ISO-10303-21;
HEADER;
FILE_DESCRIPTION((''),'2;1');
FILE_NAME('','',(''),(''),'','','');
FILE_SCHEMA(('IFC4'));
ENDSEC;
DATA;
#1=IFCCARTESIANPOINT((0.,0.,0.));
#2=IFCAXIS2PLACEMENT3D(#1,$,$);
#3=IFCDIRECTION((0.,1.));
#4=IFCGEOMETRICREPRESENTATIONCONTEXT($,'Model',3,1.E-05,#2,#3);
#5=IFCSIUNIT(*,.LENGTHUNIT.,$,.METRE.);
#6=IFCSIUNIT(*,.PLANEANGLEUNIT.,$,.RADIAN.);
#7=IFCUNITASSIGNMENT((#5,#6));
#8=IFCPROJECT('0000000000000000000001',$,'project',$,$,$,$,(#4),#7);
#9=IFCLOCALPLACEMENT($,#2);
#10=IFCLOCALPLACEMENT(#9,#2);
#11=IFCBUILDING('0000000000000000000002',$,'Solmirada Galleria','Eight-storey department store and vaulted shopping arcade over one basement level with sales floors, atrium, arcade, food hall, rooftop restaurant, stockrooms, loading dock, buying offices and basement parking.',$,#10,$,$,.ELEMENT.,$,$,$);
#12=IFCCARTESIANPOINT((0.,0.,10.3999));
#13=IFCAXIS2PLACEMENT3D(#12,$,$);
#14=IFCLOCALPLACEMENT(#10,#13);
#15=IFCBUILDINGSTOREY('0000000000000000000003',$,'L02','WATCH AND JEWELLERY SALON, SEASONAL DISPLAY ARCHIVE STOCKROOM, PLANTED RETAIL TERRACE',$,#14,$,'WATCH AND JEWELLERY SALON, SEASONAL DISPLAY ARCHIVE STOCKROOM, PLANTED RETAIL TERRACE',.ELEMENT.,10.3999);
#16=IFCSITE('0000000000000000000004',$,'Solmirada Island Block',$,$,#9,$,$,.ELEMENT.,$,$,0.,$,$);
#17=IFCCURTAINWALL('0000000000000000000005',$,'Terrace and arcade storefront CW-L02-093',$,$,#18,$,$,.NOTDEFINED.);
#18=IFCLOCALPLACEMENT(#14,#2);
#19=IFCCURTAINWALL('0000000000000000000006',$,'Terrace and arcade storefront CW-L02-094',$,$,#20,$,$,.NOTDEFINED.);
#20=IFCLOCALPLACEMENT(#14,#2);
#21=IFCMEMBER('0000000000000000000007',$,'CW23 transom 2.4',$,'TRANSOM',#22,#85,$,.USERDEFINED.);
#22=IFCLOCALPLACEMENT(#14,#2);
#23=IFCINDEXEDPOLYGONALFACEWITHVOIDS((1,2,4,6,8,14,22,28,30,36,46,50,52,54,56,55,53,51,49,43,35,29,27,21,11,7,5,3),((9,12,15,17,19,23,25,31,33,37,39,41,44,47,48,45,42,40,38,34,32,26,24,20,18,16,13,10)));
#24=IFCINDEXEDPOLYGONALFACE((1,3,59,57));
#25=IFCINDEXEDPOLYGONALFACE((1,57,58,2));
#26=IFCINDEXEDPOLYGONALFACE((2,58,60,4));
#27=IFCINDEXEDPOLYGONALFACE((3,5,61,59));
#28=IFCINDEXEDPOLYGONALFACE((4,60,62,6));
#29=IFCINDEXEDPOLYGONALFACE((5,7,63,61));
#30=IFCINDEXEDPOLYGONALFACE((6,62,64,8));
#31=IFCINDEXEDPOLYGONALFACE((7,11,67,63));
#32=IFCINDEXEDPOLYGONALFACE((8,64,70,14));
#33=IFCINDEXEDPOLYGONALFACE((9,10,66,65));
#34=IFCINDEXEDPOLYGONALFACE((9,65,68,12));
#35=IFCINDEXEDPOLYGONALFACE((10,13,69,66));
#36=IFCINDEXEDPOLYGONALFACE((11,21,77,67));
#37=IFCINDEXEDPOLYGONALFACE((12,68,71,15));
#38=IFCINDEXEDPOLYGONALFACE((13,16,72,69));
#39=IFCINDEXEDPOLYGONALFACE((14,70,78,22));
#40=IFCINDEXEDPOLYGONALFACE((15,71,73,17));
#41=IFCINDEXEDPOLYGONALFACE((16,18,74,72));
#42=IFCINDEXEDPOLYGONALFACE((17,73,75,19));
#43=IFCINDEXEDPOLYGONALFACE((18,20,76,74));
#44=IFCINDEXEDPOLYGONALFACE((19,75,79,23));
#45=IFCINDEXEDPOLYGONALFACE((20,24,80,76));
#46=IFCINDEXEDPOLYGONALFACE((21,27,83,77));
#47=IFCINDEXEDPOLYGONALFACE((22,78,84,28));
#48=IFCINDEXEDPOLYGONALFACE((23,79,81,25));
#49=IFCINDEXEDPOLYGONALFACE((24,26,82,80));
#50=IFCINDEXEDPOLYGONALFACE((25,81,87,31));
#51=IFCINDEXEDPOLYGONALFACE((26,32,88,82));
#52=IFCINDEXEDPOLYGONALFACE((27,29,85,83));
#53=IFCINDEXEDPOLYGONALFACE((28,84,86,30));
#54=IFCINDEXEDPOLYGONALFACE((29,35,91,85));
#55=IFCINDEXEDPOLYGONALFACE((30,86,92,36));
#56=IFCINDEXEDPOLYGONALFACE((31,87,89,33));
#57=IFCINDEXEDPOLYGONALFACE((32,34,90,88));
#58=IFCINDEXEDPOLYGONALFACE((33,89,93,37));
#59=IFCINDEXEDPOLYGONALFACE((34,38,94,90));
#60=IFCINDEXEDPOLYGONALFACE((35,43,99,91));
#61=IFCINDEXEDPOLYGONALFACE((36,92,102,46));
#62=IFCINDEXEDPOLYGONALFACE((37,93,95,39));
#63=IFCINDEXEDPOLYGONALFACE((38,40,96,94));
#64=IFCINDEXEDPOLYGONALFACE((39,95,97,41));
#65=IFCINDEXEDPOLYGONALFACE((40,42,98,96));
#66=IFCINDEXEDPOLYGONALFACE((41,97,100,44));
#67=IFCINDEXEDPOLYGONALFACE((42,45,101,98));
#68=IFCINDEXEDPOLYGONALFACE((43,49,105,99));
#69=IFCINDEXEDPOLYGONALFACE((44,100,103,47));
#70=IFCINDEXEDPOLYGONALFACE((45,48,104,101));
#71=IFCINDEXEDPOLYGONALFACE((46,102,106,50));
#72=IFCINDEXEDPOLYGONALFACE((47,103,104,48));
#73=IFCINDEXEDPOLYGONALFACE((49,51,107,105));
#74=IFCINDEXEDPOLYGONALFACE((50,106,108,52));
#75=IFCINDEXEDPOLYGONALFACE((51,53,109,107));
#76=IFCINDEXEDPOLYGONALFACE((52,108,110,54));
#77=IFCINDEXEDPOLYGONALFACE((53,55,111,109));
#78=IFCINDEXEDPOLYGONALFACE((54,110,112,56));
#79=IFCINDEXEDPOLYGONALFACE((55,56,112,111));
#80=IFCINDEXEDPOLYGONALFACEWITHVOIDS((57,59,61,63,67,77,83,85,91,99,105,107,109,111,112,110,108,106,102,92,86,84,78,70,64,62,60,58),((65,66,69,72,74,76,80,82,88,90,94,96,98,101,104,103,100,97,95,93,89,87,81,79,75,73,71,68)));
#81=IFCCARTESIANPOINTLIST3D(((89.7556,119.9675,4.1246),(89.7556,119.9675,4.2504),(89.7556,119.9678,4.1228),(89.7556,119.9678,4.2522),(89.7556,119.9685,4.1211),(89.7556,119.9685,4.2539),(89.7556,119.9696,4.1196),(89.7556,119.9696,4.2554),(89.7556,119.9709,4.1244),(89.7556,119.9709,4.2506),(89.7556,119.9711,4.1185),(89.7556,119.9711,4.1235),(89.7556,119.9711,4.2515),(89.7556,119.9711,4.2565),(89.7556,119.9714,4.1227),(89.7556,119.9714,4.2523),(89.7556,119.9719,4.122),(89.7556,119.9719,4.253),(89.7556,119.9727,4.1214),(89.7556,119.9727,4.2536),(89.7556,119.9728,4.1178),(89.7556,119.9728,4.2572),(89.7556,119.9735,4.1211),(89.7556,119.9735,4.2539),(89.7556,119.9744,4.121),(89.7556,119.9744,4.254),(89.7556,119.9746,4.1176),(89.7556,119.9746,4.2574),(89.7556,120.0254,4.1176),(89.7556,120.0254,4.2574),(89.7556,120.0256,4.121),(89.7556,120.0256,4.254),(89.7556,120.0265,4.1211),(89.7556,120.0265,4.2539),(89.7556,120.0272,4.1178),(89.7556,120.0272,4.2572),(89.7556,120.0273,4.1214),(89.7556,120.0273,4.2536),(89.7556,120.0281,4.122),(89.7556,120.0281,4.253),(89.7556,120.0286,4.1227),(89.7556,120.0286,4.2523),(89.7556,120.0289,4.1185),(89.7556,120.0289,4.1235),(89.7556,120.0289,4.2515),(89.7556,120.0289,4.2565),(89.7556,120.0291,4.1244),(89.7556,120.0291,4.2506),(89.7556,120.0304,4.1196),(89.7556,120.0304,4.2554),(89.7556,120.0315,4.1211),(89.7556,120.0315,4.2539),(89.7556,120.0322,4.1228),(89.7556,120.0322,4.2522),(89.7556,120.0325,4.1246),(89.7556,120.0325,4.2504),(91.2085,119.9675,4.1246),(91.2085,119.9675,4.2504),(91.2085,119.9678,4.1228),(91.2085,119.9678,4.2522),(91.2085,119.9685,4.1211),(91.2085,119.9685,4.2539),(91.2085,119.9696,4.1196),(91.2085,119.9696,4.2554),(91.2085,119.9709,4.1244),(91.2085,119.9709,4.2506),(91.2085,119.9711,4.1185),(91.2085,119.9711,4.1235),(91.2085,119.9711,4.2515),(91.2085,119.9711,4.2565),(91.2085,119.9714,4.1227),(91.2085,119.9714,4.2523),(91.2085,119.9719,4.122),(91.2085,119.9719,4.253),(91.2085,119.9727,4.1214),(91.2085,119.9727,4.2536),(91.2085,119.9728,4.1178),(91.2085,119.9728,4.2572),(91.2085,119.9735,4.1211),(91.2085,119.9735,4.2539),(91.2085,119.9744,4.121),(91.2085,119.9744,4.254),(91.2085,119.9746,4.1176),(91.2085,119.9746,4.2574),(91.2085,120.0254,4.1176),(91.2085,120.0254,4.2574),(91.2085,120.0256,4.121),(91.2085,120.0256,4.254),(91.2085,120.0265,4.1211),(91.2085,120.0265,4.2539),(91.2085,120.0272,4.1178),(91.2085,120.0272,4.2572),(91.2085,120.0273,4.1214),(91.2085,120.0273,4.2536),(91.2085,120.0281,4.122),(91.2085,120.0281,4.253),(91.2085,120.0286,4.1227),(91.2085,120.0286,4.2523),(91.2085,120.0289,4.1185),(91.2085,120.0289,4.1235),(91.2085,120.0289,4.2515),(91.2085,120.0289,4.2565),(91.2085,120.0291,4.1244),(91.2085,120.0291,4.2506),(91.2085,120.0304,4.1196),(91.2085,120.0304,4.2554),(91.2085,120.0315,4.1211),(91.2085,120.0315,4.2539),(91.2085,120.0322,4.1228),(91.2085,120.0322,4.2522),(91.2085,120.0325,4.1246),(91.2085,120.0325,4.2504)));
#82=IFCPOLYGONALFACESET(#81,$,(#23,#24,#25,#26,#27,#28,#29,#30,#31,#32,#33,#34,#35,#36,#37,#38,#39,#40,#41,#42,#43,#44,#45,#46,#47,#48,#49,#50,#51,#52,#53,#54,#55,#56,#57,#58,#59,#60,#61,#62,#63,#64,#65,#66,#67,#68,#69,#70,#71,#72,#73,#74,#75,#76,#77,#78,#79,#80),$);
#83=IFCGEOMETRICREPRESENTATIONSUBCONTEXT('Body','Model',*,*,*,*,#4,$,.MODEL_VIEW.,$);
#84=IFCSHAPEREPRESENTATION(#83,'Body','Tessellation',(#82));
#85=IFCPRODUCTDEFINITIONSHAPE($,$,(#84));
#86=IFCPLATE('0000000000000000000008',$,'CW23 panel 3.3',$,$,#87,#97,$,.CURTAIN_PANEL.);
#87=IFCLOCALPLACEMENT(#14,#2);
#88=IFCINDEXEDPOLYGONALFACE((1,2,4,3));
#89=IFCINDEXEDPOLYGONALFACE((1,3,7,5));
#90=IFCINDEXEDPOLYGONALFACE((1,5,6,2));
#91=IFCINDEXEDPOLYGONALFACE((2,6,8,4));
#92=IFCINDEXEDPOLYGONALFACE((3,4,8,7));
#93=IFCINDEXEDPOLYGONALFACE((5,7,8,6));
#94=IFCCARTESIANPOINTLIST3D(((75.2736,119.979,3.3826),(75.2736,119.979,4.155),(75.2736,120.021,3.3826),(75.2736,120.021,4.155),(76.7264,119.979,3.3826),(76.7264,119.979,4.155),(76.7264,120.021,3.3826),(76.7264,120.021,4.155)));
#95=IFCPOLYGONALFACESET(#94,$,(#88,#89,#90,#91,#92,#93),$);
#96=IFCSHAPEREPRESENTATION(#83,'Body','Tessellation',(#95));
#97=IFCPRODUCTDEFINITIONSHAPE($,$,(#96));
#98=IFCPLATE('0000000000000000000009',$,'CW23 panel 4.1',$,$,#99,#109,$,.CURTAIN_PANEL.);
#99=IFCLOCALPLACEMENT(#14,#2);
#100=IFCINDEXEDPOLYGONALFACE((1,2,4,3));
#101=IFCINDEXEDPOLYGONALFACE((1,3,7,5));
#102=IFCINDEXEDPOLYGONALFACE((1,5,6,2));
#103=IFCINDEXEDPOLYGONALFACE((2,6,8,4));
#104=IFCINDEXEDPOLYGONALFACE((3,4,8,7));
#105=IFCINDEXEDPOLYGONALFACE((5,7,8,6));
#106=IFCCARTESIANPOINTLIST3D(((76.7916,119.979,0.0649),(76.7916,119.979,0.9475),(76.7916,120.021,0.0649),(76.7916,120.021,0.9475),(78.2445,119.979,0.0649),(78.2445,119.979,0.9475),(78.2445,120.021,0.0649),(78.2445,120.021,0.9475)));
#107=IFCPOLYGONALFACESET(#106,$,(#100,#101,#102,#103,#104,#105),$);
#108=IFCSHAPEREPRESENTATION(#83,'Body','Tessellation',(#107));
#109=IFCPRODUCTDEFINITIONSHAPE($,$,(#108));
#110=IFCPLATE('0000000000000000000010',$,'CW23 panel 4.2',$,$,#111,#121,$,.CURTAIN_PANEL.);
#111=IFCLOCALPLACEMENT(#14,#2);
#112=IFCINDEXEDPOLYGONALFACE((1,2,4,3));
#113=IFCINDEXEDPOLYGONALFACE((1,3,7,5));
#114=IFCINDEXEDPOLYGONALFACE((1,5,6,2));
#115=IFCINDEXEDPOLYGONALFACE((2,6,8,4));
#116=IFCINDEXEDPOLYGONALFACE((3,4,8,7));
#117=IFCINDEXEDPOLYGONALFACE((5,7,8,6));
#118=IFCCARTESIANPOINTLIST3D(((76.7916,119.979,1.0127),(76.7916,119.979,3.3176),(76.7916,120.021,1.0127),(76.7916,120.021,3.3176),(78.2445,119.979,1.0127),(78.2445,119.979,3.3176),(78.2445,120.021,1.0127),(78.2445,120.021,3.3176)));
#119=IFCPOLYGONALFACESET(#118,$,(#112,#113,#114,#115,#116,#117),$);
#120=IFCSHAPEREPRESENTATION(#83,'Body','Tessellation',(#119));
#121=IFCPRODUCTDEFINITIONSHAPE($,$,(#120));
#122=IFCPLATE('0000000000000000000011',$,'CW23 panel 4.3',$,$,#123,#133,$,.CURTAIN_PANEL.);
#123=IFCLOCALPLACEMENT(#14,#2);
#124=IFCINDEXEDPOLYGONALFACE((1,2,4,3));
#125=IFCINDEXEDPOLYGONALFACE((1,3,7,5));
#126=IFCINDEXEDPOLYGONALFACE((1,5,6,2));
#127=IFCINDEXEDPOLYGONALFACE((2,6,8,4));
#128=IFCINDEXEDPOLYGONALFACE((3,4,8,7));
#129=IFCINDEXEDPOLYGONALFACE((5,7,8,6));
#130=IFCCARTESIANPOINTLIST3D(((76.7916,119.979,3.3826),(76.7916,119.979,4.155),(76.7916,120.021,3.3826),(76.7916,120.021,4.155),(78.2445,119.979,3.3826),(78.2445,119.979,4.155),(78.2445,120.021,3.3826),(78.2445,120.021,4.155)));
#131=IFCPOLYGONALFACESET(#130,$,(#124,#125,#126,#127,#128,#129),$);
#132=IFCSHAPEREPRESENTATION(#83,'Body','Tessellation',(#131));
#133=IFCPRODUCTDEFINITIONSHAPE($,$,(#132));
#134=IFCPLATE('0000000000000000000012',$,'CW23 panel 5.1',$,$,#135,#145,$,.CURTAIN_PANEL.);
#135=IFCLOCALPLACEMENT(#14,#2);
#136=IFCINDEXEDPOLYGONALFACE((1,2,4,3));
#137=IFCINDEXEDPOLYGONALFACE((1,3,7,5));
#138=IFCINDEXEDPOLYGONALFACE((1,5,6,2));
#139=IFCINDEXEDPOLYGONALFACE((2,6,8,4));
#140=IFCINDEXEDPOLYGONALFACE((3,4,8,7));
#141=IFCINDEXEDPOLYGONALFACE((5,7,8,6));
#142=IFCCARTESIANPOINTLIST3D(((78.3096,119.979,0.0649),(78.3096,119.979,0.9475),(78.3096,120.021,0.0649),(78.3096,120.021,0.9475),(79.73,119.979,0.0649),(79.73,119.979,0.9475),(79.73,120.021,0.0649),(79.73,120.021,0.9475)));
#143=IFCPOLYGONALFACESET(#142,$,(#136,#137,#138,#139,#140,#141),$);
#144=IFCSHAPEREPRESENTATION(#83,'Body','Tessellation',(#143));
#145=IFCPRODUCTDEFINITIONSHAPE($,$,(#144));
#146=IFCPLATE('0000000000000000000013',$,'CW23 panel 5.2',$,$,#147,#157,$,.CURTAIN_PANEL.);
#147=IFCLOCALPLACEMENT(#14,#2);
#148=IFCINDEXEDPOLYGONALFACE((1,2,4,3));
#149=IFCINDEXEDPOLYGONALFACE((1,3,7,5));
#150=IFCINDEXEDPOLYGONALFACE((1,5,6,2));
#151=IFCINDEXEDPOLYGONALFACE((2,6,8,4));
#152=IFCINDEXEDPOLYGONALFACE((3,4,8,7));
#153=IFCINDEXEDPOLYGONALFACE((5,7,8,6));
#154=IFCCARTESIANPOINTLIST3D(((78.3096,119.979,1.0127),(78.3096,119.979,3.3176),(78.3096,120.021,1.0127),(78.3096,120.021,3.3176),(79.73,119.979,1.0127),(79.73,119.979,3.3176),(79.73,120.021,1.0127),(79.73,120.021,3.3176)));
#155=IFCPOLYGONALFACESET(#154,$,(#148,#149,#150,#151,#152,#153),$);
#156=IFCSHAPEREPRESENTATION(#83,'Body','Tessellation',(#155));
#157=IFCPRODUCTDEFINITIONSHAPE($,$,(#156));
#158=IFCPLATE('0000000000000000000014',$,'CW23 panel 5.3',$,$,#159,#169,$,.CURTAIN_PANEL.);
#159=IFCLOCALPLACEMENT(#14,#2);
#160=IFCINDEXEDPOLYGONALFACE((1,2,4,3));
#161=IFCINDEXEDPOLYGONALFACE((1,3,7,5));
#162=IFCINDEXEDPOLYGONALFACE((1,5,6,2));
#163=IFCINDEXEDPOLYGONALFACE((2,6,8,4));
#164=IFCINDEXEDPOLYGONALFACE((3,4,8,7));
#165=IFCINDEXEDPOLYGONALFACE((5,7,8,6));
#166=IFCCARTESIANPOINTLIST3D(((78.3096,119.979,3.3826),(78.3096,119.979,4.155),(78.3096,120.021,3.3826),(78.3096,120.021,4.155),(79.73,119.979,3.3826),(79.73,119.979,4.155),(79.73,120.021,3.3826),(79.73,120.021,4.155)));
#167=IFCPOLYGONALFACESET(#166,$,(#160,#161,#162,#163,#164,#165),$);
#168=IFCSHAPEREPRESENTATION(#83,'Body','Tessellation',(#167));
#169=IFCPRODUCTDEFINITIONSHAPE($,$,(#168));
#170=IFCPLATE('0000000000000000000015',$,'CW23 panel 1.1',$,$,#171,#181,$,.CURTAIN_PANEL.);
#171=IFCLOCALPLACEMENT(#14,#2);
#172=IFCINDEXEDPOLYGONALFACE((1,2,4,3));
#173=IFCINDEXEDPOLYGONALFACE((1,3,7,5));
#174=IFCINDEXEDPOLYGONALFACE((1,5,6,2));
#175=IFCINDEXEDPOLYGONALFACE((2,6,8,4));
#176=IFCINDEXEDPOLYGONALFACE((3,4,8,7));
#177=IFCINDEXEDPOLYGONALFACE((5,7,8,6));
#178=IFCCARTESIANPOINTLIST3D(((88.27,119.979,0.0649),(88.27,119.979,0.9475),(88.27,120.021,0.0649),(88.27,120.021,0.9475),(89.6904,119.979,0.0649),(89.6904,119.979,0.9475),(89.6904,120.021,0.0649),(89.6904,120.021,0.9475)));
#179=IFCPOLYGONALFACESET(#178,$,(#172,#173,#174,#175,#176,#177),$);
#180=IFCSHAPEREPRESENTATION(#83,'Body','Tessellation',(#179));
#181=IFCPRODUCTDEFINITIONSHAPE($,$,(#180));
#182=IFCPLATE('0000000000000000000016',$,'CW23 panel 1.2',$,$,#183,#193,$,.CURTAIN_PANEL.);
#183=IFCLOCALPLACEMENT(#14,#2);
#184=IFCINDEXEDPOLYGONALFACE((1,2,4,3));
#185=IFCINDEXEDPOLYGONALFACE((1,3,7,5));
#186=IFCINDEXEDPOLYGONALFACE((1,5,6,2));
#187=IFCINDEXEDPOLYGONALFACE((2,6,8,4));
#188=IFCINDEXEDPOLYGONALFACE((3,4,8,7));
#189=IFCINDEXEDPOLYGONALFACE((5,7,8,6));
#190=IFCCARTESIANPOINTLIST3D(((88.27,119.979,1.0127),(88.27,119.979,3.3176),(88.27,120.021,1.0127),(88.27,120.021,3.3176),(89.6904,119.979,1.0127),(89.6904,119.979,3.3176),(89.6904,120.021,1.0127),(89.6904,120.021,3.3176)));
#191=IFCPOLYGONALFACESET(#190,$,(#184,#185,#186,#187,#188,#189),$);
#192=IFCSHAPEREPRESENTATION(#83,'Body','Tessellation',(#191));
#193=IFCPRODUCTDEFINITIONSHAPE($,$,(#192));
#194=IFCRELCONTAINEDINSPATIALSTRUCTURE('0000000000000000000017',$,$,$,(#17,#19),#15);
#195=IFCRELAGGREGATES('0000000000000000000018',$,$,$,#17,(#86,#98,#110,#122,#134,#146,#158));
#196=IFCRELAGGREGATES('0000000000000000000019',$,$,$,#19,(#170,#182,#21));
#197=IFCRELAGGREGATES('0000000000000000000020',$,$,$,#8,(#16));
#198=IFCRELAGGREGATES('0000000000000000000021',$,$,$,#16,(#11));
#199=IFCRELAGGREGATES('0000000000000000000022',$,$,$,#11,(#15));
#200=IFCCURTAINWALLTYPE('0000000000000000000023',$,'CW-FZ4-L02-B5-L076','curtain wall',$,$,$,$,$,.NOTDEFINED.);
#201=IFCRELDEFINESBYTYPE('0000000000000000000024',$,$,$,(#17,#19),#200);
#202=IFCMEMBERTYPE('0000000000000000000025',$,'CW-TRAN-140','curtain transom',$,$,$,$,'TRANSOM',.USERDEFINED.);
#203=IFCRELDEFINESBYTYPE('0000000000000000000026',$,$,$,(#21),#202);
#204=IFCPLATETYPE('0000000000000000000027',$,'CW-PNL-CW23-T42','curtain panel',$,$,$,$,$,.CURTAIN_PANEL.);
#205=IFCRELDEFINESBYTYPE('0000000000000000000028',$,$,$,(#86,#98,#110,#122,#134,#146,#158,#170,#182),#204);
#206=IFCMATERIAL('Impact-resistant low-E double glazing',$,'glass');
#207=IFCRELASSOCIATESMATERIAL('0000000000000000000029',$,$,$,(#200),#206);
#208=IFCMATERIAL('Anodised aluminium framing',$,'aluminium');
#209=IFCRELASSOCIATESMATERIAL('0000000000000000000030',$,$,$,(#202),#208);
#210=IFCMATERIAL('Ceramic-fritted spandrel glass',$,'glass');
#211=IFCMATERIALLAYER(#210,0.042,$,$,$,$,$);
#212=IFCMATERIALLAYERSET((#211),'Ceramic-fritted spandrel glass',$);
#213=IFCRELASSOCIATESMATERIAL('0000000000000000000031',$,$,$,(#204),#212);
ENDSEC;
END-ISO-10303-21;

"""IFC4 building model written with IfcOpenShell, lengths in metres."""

from ifc_helpers import new_model, si_unit, direction, frame, origin, origin_2d, place, context, subcontext, project, spatial, rectangle, hollow_rectangle, extrude, material, layer, layer_set, material_profile, profile_set, type_object, element, aggregate, save


model = new_model("IFC4")

# Units and contexts
model_context = context("Model", 3, precision=1e-05, world=origin(), true_north=direction((0.0, 1.0)))
body_context = subcontext(model_context, "Body", "Model", "MODEL_VIEW")
ifc_project = project(units=[si_unit("LENGTHUNIT", "METRE"), si_unit("PLANEANGLEUNIT", "RADIAN")], contexts=[model_context])

# Site, building, storey
site_placement = place(None, origin())
site = spatial("IfcSite", under=ifc_project, at=site_placement, Name="Solmirada Island Block", CompositionType="ELEMENT", RefElevation=0.0)
building_placement = place(site_placement, origin())
building = spatial("IfcBuilding", under=site, at=building_placement, Name="Solmirada Galleria", Description="Eight-storey department store and vaulted shopping arcade over one basement level with sales floors, atrium, arcade, food hall, rooftop restaurant, stockrooms, loading dock, buying offices and basement parking.", CompositionType="ELEMENT")
storey_placement = place(building_placement, frame((0.0, 0.0, 10.3999)))
storey = spatial("IfcBuildingStorey", under=building, at=storey_placement, Name="L02", Description="WATCH AND JEWELLERY SALON, SEASONAL DISPLAY ARCHIVE STOCKROOM, PLANTED RETAIL TERRACE", LongName="WATCH AND JEWELLERY SALON, SEASONAL DISPLAY ARCHIVE STOCKROOM, PLANTED RETAIL TERRACE", CompositionType="ELEMENT", Elevation=10.3999)

# Curtain walls
ifc_material_1 = material(Name="Impact-resistant low-E double glazing", Category="glass")
curtain_wall_type = type_object("IfcCurtainWallType", Name="CW-FZ4-L02-B5-L076", Description="curtain wall", PredefinedType="NOTDEFINED", material=ifc_material_1)
curtain_wall_1_placement = place(storey_placement, origin())
curtain_wall_1 = element("IfcCurtainWall", 1, at=curtain_wall_1_placement, inside=storey, type_object=curtain_wall_type, Name="Terrace and arcade storefront CW-L02-093", PredefinedType="NOTDEFINED")
ifc_material_2 = material(Name="Anodised aluminium framing", Category="aluminium")
curtain_wall_2_placement = place(storey_placement, origin())
curtain_wall_2 = element("IfcCurtainWall", 2, at=curtain_wall_2_placement, inside=storey, type_object=curtain_wall_type, Name="Terrace and arcade storefront CW-L02-094", PredefinedType="NOTDEFINED")

# Member
ifc_material_profile_1 = material_profile(ifc_material_2, hollow_rectangle(XDim=0.0649, YDim=0.1399, WallThickness=0.0034, InnerFilletRadius=0.0034, OuterFilletRadius=0.0071, at=origin_2d()), Name="ALU-TRAN-140X65")
ifc_profile_set_1 = profile_set([ifc_material_profile_1], Name="Anodised aluminium framing")
member_type_1 = type_object("IfcMemberType", Name="CW-TRAN-140", Description="curtain transom", ElementType="TRANSOM", PredefinedType="USERDEFINED", material=ifc_profile_set_1)
member_1_placement = place(storey_placement, frame((89.7556, 120.0, 4.1875), z_axis=(1.0, 0.0, 0.0), x_axis=(0.0, 1.0, 0.0)))
member_1 = element("IfcMember", 3, at=member_1_placement, type_object=member_type_1, Name="CW23 transom 2.4", ObjectType="TRANSOM", PredefinedType="USERDEFINED", context=body_context, shape_type="SweptSolid", body=[
    extrude(hollow_rectangle(XDim=0.0649, YDim=0.1399, WallThickness=0.0034, InnerFilletRadius=0.0034, OuterFilletRadius=0.0071, at=origin_2d()), origin(), (0.0, 0.0, 1.0), 1.4529),
])

# Plates
ifc_material_3 = material(Name="Ceramic-fritted spandrel glass", Category="glass")
ifc_layer_1 = layer(ifc_material_3, 0.042)
ifc_layer_set_1 = layer_set([ifc_layer_1], Name="Ceramic-fritted spandrel glass")
plate_type = type_object("IfcPlateType", Name="CW-PNL-CW23-T42", Description="curtain panel", PredefinedType="CURTAIN_PANEL", material=ifc_layer_set_1)
plate_1_placement = place(storey_placement, frame((76.0, 120.0, 3.3826), z_axis=(0.0, 0.0, 1.0), x_axis=(1.0, 0.0, 0.0)))
plate_1 = element("IfcPlate", 4, at=plate_1_placement, type_object=plate_type, Name="CW23 panel 3.3", PredefinedType="CURTAIN_PANEL", context=body_context, shape_type="SweptSolid", body=[
    extrude(rectangle(XDim=1.4529, YDim=0.042, at=origin_2d()), origin(), (0.0, 0.0, 1.0), 0.7725),
])
plate_2_placement = place(storey_placement, frame((77.5181, 120.0, 0.0649), z_axis=(0.0, 0.0, 1.0), x_axis=(1.0, 0.0, 0.0)))
plate_2 = element("IfcPlate", 5, at=plate_2_placement, type_object=plate_type, Name="CW23 panel 4.1", PredefinedType="CURTAIN_PANEL", context=body_context, shape_type="SweptSolid", body=[
    extrude(rectangle(XDim=1.4529, YDim=0.042, at=origin_2d()), origin(), (0.0, 0.0, 1.0), 0.8826),
])
plate_3_placement = place(storey_placement, frame((77.5181, 120.0, 1.0127), z_axis=(0.0, 0.0, 1.0), x_axis=(1.0, 0.0, 0.0)))
plate_3 = element("IfcPlate", 6, at=plate_3_placement, type_object=plate_type, Name="CW23 panel 4.2", PredefinedType="CURTAIN_PANEL", context=body_context, shape_type="SweptSolid", body=[
    extrude(rectangle(XDim=1.4529, YDim=0.042, at=origin_2d()), origin(), (0.0, 0.0, 1.0), 2.3049),
])
plate_4_placement = place(storey_placement, frame((77.5181, 120.0, 3.3826), z_axis=(0.0, 0.0, 1.0), x_axis=(1.0, 0.0, 0.0)))
plate_4 = element("IfcPlate", 7, at=plate_4_placement, type_object=plate_type, Name="CW23 panel 4.3", PredefinedType="CURTAIN_PANEL", context=body_context, shape_type="SweptSolid", body=[
    extrude(rectangle(XDim=1.4529, YDim=0.042, at=origin_2d()), origin(), (0.0, 0.0, 1.0), 0.7725),
])
plate_5_placement = place(storey_placement, frame((79.0198, 120.0, 0.0649), z_axis=(0.0, 0.0, 1.0), x_axis=(1.0, 0.0, 0.0)))
plate_5 = element("IfcPlate", 8, at=plate_5_placement, type_object=plate_type, Name="CW23 panel 5.1", PredefinedType="CURTAIN_PANEL", context=body_context, shape_type="SweptSolid", body=[
    extrude(rectangle(XDim=1.4204, YDim=0.042, at=origin_2d()), origin(), (0.0, 0.0, 1.0), 0.8826),
])
plate_6_placement = place(storey_placement, frame((79.0198, 120.0, 1.0127), z_axis=(0.0, 0.0, 1.0), x_axis=(1.0, 0.0, 0.0)))
plate_6 = element("IfcPlate", 9, at=plate_6_placement, type_object=plate_type, Name="CW23 panel 5.2", PredefinedType="CURTAIN_PANEL", context=body_context, shape_type="SweptSolid", body=[
    extrude(rectangle(XDim=1.4204, YDim=0.042, at=origin_2d()), origin(), (0.0, 0.0, 1.0), 2.3049),
])
plate_7_placement = place(storey_placement, frame((79.0198, 120.0, 3.3826), z_axis=(0.0, 0.0, 1.0), x_axis=(1.0, 0.0, 0.0)))
plate_7 = element("IfcPlate", 10, at=plate_7_placement, type_object=plate_type, Name="CW23 panel 5.3", PredefinedType="CURTAIN_PANEL", context=body_context, shape_type="SweptSolid", body=[
    extrude(rectangle(XDim=1.4204, YDim=0.042, at=origin_2d()), origin(), (0.0, 0.0, 1.0), 0.7725),
])
aggregate(curtain_wall_1, [plate_1, plate_2, plate_3, plate_4, plate_5, plate_6, plate_7])
plate_8_placement = place(storey_placement, frame((88.9802, 120.0, 0.0649), z_axis=(0.0, 0.0, 1.0), x_axis=(1.0, 0.0, 0.0)))
plate_8 = element("IfcPlate", 11, at=plate_8_placement, type_object=plate_type, Name="CW23 panel 1.1", PredefinedType="CURTAIN_PANEL", context=body_context, shape_type="SweptSolid", body=[
    extrude(rectangle(XDim=1.4204, YDim=0.042, at=origin_2d()), origin(), (0.0, 0.0, 1.0), 0.8826),
])
plate_9_placement = place(storey_placement, frame((88.9802, 120.0, 1.0127), z_axis=(0.0, 0.0, 1.0), x_axis=(1.0, 0.0, 0.0)))
plate_9 = element("IfcPlate", 12, at=plate_9_placement, type_object=plate_type, Name="CW23 panel 1.2", PredefinedType="CURTAIN_PANEL", context=body_context, shape_type="SweptSolid", body=[
    extrude(rectangle(XDim=1.4204, YDim=0.042, at=origin_2d()), origin(), (0.0, 0.0, 1.0), 2.3049),
])
aggregate(curtain_wall_2, [plate_8, plate_9, member_1])

save(model, "model.ifc")
